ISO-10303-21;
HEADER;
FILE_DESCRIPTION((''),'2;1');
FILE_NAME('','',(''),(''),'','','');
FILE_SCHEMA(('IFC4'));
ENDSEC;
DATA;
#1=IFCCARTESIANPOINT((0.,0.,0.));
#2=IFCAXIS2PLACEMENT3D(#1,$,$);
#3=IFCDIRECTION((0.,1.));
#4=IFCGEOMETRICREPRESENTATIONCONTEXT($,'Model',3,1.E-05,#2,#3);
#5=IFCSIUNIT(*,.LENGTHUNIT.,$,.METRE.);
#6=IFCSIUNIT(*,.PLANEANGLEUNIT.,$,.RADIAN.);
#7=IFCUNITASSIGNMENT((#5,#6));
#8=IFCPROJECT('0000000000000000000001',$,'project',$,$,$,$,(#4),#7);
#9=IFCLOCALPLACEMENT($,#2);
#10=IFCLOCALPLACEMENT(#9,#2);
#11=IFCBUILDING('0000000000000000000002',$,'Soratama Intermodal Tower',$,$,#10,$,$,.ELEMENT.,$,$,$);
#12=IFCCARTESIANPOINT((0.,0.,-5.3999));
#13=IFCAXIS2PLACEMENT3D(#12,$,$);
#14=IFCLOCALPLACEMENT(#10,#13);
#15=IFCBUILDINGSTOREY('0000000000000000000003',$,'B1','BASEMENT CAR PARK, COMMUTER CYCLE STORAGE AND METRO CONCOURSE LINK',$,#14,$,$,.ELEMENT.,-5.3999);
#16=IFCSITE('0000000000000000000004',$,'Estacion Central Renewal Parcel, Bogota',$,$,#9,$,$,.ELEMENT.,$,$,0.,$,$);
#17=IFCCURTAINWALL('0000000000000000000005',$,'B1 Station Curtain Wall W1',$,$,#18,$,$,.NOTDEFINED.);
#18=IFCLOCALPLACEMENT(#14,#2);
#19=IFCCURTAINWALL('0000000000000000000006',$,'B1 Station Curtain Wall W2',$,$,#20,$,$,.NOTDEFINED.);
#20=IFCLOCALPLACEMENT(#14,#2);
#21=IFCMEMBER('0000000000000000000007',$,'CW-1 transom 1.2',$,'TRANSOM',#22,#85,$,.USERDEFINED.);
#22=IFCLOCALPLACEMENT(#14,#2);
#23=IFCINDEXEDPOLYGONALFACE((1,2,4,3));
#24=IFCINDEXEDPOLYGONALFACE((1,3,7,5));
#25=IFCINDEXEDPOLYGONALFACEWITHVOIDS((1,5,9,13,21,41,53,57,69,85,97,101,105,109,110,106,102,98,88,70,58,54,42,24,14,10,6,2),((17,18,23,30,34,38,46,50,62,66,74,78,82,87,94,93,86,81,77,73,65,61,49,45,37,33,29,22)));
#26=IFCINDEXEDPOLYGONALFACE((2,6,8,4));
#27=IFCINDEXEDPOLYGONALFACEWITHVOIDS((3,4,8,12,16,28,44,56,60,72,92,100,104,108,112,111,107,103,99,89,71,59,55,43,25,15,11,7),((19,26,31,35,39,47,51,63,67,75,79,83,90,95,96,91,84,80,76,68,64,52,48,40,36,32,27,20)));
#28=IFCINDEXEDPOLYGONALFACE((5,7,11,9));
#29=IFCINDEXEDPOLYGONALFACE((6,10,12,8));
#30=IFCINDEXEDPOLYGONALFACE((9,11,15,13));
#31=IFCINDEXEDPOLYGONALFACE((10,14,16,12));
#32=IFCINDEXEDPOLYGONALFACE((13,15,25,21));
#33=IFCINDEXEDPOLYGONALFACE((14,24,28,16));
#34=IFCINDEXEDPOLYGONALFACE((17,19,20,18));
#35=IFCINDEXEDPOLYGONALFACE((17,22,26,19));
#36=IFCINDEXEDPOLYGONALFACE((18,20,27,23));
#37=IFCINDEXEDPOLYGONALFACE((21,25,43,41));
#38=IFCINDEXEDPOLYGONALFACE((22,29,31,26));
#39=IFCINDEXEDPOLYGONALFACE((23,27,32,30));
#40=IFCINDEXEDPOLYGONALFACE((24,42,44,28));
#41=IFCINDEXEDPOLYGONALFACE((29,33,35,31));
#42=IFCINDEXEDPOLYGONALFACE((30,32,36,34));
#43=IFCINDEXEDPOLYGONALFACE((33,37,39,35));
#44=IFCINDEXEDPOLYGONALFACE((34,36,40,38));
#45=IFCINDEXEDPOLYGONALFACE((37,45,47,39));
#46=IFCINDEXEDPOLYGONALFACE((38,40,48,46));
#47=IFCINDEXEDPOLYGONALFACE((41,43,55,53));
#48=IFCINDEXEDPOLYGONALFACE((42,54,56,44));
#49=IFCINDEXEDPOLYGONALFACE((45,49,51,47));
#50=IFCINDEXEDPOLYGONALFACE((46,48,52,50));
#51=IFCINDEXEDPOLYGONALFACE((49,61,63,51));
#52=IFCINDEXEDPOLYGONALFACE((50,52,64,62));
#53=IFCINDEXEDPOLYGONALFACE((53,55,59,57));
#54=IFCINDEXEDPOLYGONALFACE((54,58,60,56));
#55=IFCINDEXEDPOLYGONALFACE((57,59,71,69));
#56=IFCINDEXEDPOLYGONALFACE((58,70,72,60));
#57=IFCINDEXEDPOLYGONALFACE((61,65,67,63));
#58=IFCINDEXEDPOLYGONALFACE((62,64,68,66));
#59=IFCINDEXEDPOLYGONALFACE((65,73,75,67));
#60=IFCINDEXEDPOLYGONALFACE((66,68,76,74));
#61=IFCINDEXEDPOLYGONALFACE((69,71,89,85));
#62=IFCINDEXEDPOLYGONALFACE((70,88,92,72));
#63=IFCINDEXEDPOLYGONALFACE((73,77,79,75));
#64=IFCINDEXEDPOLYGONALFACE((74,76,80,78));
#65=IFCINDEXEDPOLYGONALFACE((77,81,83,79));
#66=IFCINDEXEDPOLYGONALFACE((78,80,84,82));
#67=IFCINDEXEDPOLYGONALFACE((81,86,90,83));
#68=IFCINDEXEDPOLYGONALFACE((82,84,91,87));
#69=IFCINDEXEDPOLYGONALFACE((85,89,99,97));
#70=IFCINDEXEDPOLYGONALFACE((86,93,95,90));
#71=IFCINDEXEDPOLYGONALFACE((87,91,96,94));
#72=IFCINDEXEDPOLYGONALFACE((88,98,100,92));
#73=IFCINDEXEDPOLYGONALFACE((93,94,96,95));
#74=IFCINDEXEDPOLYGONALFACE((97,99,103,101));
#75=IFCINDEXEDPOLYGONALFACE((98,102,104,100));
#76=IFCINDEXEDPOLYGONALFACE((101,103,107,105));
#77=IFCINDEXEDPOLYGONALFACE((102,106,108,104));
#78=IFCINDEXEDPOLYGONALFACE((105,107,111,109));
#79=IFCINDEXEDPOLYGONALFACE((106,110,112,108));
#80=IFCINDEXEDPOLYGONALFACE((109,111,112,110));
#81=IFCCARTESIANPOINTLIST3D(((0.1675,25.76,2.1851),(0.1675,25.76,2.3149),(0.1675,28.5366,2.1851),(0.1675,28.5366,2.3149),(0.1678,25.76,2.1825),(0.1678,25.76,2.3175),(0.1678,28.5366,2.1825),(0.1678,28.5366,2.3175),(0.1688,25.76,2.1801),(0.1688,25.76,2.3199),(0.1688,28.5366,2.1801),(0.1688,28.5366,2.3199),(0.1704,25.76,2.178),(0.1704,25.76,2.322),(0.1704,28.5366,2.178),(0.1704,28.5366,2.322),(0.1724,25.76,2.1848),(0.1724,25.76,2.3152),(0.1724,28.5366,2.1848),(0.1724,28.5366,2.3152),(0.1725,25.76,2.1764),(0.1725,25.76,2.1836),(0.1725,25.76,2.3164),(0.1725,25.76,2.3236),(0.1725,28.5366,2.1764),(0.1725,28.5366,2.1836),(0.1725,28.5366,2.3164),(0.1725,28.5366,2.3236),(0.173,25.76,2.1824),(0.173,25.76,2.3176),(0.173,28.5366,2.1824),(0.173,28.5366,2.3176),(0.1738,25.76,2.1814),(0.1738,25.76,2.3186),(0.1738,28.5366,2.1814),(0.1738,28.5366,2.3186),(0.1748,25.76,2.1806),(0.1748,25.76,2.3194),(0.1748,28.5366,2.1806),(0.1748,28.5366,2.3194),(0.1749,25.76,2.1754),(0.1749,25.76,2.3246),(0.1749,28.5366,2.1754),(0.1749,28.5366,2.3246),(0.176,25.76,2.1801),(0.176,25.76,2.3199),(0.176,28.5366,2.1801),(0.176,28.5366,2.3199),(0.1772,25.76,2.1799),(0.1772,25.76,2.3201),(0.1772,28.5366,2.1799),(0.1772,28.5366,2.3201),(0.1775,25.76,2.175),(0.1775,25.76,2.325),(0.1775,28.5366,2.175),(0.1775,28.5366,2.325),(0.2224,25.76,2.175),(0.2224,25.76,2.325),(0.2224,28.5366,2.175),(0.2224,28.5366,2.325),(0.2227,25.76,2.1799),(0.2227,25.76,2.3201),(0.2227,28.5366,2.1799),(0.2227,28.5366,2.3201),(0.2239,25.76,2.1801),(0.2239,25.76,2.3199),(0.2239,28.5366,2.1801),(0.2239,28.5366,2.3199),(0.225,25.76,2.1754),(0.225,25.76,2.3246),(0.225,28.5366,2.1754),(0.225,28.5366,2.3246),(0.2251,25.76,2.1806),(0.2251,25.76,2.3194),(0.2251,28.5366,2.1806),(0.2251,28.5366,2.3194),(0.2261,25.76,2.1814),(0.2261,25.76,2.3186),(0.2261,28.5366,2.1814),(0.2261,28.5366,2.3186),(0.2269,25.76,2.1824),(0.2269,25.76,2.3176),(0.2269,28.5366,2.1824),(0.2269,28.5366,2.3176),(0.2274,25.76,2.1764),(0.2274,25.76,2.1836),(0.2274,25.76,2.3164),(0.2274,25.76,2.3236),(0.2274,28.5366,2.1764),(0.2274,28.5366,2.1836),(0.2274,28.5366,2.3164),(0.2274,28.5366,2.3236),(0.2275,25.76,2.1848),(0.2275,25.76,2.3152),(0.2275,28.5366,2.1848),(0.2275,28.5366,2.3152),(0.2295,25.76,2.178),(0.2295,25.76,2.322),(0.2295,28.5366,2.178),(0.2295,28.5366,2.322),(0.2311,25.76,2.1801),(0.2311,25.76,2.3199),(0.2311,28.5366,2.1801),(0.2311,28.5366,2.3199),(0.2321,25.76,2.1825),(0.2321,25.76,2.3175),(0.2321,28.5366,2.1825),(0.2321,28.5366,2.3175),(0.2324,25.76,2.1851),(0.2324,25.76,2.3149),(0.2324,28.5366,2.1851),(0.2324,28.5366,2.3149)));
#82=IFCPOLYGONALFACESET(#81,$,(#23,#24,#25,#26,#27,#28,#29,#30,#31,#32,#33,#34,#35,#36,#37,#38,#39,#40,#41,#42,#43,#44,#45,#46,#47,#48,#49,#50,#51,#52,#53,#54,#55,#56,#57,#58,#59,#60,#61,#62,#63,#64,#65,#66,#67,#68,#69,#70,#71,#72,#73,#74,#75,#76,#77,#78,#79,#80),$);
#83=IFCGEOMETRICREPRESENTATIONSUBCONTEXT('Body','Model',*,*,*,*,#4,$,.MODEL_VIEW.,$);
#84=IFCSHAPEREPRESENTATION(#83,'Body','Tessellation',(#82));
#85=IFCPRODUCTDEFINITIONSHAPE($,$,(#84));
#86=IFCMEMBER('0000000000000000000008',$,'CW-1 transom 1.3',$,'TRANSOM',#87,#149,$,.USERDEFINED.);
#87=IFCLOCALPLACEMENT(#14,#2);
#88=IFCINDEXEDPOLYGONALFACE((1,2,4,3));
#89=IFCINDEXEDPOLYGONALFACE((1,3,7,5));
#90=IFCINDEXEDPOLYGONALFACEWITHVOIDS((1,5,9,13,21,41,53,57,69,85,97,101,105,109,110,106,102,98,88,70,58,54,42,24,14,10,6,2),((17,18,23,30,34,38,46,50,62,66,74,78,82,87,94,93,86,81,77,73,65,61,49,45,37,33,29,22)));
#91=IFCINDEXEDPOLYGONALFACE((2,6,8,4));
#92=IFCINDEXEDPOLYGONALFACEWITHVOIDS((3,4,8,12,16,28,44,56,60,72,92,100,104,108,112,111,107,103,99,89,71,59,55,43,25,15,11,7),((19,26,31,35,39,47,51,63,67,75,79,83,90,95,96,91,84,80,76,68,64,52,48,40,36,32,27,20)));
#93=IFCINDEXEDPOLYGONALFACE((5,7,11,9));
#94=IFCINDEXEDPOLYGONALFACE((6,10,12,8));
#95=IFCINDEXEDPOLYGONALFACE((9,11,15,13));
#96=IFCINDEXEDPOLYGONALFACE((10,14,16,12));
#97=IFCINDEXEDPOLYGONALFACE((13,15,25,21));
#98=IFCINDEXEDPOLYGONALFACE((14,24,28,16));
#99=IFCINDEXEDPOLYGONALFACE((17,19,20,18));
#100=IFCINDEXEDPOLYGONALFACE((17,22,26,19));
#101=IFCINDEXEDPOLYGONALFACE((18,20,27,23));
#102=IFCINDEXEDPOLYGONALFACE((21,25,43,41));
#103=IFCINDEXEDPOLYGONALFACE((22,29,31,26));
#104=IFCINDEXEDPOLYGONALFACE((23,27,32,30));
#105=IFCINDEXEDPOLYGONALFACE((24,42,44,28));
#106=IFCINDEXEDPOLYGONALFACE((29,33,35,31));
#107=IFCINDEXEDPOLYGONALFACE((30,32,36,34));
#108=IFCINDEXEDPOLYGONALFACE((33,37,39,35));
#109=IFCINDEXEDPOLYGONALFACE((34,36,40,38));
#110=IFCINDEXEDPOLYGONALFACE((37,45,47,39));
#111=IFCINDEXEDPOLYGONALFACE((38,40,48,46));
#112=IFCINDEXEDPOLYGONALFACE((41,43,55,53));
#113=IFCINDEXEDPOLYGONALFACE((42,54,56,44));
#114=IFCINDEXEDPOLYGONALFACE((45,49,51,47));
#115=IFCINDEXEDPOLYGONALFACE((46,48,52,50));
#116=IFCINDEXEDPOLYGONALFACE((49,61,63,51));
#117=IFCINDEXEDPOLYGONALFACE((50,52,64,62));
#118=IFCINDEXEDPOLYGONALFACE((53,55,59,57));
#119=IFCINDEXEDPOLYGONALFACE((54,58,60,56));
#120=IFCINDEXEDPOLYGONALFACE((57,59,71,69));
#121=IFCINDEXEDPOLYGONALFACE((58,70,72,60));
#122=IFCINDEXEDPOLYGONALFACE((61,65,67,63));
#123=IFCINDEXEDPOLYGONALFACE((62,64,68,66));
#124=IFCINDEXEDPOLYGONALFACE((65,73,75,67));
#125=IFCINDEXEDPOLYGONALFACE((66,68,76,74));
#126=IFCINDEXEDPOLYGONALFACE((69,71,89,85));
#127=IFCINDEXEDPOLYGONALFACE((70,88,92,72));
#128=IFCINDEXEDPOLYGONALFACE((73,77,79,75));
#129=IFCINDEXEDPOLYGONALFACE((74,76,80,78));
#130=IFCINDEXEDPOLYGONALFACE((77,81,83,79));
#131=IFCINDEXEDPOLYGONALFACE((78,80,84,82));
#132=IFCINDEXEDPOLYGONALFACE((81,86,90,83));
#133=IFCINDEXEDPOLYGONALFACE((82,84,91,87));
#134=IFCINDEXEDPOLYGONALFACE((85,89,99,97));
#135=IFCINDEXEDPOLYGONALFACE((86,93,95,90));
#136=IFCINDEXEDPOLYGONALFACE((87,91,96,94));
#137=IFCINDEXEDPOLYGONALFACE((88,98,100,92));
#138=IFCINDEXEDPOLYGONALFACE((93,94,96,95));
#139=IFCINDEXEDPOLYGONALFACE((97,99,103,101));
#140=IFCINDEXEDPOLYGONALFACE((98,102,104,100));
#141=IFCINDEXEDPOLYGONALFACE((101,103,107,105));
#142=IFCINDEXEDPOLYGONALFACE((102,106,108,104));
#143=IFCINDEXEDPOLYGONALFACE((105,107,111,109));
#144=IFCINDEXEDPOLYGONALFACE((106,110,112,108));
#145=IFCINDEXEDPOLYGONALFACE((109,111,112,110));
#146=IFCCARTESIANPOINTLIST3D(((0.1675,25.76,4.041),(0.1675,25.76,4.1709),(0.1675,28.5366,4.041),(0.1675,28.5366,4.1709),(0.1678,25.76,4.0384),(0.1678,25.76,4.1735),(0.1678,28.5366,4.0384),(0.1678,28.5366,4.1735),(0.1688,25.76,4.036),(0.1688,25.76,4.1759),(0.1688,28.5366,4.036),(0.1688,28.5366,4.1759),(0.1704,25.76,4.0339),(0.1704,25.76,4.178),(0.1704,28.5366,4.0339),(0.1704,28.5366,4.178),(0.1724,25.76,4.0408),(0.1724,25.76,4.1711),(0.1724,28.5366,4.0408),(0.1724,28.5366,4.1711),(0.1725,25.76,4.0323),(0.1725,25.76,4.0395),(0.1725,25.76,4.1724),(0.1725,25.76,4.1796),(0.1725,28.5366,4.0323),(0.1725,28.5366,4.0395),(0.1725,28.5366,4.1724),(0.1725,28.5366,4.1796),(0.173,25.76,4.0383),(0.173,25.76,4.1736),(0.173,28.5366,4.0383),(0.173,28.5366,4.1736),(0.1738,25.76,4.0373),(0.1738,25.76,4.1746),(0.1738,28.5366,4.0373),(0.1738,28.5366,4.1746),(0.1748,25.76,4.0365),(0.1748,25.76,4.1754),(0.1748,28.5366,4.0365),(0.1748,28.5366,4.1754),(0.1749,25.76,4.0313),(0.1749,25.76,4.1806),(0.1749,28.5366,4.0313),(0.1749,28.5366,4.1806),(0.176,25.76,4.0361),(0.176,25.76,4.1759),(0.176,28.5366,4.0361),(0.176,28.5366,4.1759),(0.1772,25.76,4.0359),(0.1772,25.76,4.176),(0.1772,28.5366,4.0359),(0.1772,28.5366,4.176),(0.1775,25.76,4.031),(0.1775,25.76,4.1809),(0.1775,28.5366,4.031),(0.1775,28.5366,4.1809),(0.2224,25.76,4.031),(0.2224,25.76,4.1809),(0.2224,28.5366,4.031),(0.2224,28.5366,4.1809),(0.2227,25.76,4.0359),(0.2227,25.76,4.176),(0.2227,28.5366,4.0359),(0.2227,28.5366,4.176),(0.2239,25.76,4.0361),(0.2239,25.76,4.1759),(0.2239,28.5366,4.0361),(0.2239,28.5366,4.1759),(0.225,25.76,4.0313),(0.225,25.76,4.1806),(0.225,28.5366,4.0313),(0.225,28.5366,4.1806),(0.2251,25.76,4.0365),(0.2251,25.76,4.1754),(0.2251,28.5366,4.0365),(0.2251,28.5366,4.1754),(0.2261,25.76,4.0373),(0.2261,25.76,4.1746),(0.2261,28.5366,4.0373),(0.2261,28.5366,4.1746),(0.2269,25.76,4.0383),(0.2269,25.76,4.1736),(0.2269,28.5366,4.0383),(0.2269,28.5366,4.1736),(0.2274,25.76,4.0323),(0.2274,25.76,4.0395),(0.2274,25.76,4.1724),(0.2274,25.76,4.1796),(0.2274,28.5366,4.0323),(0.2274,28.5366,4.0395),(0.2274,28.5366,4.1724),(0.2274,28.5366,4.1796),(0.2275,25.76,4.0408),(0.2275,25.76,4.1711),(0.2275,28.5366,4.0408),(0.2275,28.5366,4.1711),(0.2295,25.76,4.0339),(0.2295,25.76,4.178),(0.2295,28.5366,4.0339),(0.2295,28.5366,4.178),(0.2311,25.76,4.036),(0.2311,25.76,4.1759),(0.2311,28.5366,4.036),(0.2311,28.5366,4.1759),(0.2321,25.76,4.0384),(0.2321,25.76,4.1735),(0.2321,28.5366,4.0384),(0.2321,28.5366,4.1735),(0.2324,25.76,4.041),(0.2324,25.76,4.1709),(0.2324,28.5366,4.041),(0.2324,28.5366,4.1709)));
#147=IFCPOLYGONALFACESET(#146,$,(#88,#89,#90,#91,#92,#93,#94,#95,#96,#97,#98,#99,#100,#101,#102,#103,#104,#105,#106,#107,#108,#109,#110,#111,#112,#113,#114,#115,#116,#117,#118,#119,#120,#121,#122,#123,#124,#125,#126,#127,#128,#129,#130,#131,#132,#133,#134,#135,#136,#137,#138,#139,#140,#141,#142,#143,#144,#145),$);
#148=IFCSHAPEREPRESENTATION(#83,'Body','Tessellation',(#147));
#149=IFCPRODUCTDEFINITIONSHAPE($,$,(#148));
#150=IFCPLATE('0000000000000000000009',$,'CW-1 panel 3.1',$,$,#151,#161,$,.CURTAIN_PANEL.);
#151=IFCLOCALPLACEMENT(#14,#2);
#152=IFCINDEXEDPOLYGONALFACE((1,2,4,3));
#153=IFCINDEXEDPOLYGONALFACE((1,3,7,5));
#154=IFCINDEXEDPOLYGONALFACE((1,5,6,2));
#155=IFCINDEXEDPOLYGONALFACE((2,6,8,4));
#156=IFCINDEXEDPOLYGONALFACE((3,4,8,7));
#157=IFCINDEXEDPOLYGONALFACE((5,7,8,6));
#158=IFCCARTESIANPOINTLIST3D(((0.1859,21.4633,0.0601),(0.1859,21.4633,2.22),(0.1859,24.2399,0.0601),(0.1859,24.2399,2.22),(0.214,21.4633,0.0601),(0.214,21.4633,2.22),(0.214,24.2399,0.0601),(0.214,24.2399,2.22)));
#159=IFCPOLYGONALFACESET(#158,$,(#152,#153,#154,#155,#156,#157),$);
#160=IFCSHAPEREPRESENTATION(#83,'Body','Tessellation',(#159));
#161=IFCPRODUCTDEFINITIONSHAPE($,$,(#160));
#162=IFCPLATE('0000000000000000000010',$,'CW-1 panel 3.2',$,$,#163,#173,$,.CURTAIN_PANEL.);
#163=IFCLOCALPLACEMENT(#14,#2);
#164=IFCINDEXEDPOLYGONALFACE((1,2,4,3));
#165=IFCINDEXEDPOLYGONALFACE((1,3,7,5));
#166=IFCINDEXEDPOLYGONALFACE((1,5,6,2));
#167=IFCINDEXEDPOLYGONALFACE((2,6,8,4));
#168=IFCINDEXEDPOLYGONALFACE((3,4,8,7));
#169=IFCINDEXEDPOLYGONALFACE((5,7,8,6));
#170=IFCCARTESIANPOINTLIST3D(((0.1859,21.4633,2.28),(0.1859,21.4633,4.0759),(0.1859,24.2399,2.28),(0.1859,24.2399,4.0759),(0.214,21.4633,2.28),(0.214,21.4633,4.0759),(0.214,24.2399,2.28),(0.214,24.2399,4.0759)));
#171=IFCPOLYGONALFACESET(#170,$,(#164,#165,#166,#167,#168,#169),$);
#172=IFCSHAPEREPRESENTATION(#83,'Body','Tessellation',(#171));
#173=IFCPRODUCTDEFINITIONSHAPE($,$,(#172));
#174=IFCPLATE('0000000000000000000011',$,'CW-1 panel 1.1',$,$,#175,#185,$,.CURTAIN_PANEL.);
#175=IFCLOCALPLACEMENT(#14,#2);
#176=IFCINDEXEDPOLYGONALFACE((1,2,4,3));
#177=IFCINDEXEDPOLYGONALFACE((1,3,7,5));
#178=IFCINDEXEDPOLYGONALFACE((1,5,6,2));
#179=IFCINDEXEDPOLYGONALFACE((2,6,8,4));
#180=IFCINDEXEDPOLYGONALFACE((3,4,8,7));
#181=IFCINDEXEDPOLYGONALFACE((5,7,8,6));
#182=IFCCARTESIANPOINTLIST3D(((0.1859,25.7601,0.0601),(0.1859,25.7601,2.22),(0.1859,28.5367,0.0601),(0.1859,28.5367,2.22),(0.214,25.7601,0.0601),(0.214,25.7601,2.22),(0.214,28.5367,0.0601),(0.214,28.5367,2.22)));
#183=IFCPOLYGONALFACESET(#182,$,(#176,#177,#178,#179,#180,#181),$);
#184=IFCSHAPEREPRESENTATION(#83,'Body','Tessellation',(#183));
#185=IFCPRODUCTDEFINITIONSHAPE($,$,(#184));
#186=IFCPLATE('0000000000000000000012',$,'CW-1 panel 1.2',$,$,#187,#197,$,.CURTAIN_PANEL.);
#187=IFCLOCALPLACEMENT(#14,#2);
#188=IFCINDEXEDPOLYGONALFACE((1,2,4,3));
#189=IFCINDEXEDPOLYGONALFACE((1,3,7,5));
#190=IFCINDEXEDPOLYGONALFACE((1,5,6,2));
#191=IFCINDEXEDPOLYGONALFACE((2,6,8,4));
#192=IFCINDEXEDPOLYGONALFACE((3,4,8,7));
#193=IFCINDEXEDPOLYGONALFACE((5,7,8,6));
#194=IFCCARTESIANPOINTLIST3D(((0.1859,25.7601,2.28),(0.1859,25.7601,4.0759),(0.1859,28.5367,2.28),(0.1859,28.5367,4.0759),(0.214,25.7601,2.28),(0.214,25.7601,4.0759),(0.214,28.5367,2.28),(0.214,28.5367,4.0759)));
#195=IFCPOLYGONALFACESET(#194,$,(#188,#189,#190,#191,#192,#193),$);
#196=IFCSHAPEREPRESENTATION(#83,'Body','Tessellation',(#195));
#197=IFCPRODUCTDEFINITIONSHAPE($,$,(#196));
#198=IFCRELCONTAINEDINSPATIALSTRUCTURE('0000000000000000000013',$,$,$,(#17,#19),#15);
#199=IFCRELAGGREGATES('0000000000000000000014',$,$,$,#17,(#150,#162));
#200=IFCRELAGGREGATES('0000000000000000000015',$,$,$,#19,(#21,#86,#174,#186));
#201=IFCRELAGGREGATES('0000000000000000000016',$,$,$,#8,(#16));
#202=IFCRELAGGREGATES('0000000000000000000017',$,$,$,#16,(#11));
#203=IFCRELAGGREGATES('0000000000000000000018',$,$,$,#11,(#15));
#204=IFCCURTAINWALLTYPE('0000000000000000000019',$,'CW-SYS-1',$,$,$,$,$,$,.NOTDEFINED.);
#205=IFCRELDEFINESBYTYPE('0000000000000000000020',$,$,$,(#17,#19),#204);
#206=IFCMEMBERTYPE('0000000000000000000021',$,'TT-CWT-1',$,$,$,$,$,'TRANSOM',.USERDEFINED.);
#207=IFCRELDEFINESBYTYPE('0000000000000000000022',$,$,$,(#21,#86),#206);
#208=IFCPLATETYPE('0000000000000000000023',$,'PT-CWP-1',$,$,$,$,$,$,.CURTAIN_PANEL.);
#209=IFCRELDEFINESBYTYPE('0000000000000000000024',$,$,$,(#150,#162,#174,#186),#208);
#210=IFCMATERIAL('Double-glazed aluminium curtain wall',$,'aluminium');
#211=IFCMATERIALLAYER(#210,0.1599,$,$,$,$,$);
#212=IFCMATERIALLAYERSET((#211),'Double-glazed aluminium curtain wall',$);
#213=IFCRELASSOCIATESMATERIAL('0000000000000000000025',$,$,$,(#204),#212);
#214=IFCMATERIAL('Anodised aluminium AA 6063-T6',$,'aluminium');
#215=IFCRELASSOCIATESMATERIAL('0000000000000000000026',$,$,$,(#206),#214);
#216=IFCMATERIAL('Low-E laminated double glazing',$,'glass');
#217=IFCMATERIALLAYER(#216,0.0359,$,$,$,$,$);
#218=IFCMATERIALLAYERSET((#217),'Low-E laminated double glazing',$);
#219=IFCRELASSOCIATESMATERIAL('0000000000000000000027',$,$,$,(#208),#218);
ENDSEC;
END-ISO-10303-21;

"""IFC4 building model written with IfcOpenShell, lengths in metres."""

from ifc_helpers import new_model, si_unit, direction, frame, origin, origin_2d, place, context, subcontext, project, spatial, rectangle, hollow_rectangle, extrude, material, layer, layer_set, material_profile, profile_set, type_object, element, aggregate, save


model = new_model("IFC4")

# Units and contexts
model_context = context("Model", 3, precision=1e-05, world=origin(), true_north=direction((0.0, 1.0)))
body_context = subcontext(model_context, "Body", "Model", "MODEL_VIEW")
ifc_project = project(units=[si_unit("LENGTHUNIT", "METRE"), si_unit("PLANEANGLEUNIT", "RADIAN")], contexts=[model_context])

# Site, building, storey
site_placement = place(None, origin())
site = spatial("IfcSite", under=ifc_project, at=site_placement, Name="Estacion Central Renewal Parcel, Bogota", CompositionType="ELEMENT", RefElevation=0.0)
building_placement = place(site_placement, origin())
building = spatial("IfcBuilding", under=site, at=building_placement, Name="Soratama Intermodal Tower", CompositionType="ELEMENT")
storey_placement = place(building_placement, frame((0.0, 0.0, -5.3999)))
storey = spatial("IfcBuildingStorey", under=building, at=storey_placement, Name="B1", Description="BASEMENT CAR PARK, COMMUTER CYCLE STORAGE AND METRO CONCOURSE LINK", CompositionType="ELEMENT", Elevation=-5.3999)

# Curtain wall
ifc_material_1 = material(Name="Double-glazed aluminium curtain wall", Category="aluminium")
ifc_layer_1 = layer(ifc_material_1, 0.1599)
ifc_layer_set_1 = layer_set([ifc_layer_1], Name="Double-glazed aluminium curtain wall")
curtain_wall_type = type_object("IfcCurtainWallType", Name="CW-SYS-1", PredefinedType="NOTDEFINED", material=ifc_layer_set_1)
curtain_wall_1_placement = place(storey_placement, origin())
curtain_wall_1 = element("IfcCurtainWall", 1, at=curtain_wall_1_placement, inside=storey, type_object=curtain_wall_type, Name="B1 Station Curtain Wall W1", PredefinedType="NOTDEFINED")

# Curtain wall, members
curtain_wall_2_placement = place(storey_placement, origin())
curtain_wall_2 = element("IfcCurtainWall", 2, at=curtain_wall_2_placement, inside=storey, type_object=curtain_wall_type, Name="B1 Station Curtain Wall W2", PredefinedType="NOTDEFINED")
ifc_material_2 = material(Name="Anodised aluminium AA 6063-T6", Category="aluminium")
ifc_material_profile_1 = material_profile(ifc_material_2, hollow_rectangle(XDim=0.0649, YDim=0.1499, WallThickness=0.0049, InnerFilletRadius=0.0049, OuterFilletRadius=0.01, at=origin_2d()), Name="CWT150X65X5")
ifc_profile_set_1 = profile_set([ifc_material_profile_1], Name="Anodised aluminium AA 6063-T6")
member_type_1 = type_object("IfcMemberType", Name="TT-CWT-1", ElementType="TRANSOM", PredefinedType="USERDEFINED", material=ifc_profile_set_1)
member_1_placement = place(storey_placement, frame((0.2, 25.76, 2.25), z_axis=(0.0, 1.0, 0.0), x_axis=(-1.0, 0.0, 0.0)))
member_1 = element("IfcMember", 3, at=member_1_placement, type_object=member_type_1, Name="CW-1 transom 1.2", ObjectType="TRANSOM", PredefinedType="USERDEFINED", context=body_context, shape_type="SweptSolid", body=[
    extrude(hollow_rectangle(XDim=0.0649, YDim=0.1499, WallThickness=0.0049, InnerFilletRadius=0.0049, OuterFilletRadius=0.01, at=origin_2d()), origin(), (0.0, 0.0, 1.0), 2.7766),
])
member_2_placement = place(storey_placement, frame((0.2, 25.76, 4.106), z_axis=(0.0, 1.0, 0.0), x_axis=(-1.0, 0.0, 0.0)))
member_2 = element("IfcMember", 4, at=member_2_placement, type_object=member_type_1, Name="CW-1 transom 1.3", ObjectType="TRANSOM", PredefinedType="USERDEFINED", context=body_context, shape_type="SweptSolid", body=[
    extrude(hollow_rectangle(XDim=0.0649, YDim=0.1499, WallThickness=0.0049, InnerFilletRadius=0.0049, OuterFilletRadius=0.01, at=origin_2d()), origin(), (0.0, 0.0, 1.0), 2.7766),
])

# Plates
ifc_material_3 = material(Name="Low-E laminated double glazing", Category="glass")
ifc_layer_2 = layer(ifc_material_3, 0.0359)
ifc_layer_set_2 = layer_set([ifc_layer_2], Name="Low-E laminated double glazing")
plate_type = type_object("IfcPlateType", Name="PT-CWP-1", PredefinedType="CURTAIN_PANEL", material=ifc_layer_set_2)
plate_1_placement = place(storey_placement, frame((0.2, 22.8516, 0.0601), z_axis=(0.0, 0.0, 1.0), x_axis=(0.0, 1.0, 0.0)))
plate_1 = element("IfcPlate", 5, at=plate_1_placement, type_object=plate_type, Name="CW-1 panel 3.1", PredefinedType="CURTAIN_PANEL", context=body_context, shape_type="SweptSolid", body=[
    extrude(rectangle(XDim=2.7766, YDim=0.0281, at=origin_2d()), origin(), (0.0, 0.0, 1.0), 2.1599),
])
plate_2_placement = place(storey_placement, frame((0.2, 22.8516, 2.28), z_axis=(0.0, 0.0, 1.0), x_axis=(0.0, 1.0, 0.0)))
plate_2 = element("IfcPlate", 6, at=plate_2_placement, type_object=plate_type, Name="CW-1 panel 3.2", PredefinedType="CURTAIN_PANEL", context=body_context, shape_type="SweptSolid", body=[
    extrude(rectangle(XDim=2.7766, YDim=0.0281, at=origin_2d()), origin(), (0.0, 0.0, 1.0), 1.7959),
])
aggregate(curtain_wall_1, [plate_1, plate_2])
plate_3_placement = place(storey_placement, frame((0.2, 27.1484, 0.0601), z_axis=(0.0, 0.0, 1.0), x_axis=(0.0, 1.0, 0.0)))
plate_3 = element("IfcPlate", 7, at=plate_3_placement, type_object=plate_type, Name="CW-1 panel 1.1", PredefinedType="CURTAIN_PANEL", context=body_context, shape_type="SweptSolid", body=[
    extrude(rectangle(XDim=2.7766, YDim=0.0281, at=origin_2d()), origin(), (0.0, 0.0, 1.0), 2.1599),
])
plate_4_placement = place(storey_placement, frame((0.2, 27.1484, 2.28), z_axis=(0.0, 0.0, 1.0), x_axis=(0.0, 1.0, 0.0)))
plate_4 = element("IfcPlate", 8, at=plate_4_placement, type_object=plate_type, Name="CW-1 panel 1.2", PredefinedType="CURTAIN_PANEL", context=body_context, shape_type="SweptSolid", body=[
    extrude(rectangle(XDim=2.7766, YDim=0.0281, at=origin_2d()), origin(), (0.0, 0.0, 1.0), 1.7959),
])
aggregate(curtain_wall_2, [member_1, member_2, plate_3, plate_4])

save(model, "model.ifc")
